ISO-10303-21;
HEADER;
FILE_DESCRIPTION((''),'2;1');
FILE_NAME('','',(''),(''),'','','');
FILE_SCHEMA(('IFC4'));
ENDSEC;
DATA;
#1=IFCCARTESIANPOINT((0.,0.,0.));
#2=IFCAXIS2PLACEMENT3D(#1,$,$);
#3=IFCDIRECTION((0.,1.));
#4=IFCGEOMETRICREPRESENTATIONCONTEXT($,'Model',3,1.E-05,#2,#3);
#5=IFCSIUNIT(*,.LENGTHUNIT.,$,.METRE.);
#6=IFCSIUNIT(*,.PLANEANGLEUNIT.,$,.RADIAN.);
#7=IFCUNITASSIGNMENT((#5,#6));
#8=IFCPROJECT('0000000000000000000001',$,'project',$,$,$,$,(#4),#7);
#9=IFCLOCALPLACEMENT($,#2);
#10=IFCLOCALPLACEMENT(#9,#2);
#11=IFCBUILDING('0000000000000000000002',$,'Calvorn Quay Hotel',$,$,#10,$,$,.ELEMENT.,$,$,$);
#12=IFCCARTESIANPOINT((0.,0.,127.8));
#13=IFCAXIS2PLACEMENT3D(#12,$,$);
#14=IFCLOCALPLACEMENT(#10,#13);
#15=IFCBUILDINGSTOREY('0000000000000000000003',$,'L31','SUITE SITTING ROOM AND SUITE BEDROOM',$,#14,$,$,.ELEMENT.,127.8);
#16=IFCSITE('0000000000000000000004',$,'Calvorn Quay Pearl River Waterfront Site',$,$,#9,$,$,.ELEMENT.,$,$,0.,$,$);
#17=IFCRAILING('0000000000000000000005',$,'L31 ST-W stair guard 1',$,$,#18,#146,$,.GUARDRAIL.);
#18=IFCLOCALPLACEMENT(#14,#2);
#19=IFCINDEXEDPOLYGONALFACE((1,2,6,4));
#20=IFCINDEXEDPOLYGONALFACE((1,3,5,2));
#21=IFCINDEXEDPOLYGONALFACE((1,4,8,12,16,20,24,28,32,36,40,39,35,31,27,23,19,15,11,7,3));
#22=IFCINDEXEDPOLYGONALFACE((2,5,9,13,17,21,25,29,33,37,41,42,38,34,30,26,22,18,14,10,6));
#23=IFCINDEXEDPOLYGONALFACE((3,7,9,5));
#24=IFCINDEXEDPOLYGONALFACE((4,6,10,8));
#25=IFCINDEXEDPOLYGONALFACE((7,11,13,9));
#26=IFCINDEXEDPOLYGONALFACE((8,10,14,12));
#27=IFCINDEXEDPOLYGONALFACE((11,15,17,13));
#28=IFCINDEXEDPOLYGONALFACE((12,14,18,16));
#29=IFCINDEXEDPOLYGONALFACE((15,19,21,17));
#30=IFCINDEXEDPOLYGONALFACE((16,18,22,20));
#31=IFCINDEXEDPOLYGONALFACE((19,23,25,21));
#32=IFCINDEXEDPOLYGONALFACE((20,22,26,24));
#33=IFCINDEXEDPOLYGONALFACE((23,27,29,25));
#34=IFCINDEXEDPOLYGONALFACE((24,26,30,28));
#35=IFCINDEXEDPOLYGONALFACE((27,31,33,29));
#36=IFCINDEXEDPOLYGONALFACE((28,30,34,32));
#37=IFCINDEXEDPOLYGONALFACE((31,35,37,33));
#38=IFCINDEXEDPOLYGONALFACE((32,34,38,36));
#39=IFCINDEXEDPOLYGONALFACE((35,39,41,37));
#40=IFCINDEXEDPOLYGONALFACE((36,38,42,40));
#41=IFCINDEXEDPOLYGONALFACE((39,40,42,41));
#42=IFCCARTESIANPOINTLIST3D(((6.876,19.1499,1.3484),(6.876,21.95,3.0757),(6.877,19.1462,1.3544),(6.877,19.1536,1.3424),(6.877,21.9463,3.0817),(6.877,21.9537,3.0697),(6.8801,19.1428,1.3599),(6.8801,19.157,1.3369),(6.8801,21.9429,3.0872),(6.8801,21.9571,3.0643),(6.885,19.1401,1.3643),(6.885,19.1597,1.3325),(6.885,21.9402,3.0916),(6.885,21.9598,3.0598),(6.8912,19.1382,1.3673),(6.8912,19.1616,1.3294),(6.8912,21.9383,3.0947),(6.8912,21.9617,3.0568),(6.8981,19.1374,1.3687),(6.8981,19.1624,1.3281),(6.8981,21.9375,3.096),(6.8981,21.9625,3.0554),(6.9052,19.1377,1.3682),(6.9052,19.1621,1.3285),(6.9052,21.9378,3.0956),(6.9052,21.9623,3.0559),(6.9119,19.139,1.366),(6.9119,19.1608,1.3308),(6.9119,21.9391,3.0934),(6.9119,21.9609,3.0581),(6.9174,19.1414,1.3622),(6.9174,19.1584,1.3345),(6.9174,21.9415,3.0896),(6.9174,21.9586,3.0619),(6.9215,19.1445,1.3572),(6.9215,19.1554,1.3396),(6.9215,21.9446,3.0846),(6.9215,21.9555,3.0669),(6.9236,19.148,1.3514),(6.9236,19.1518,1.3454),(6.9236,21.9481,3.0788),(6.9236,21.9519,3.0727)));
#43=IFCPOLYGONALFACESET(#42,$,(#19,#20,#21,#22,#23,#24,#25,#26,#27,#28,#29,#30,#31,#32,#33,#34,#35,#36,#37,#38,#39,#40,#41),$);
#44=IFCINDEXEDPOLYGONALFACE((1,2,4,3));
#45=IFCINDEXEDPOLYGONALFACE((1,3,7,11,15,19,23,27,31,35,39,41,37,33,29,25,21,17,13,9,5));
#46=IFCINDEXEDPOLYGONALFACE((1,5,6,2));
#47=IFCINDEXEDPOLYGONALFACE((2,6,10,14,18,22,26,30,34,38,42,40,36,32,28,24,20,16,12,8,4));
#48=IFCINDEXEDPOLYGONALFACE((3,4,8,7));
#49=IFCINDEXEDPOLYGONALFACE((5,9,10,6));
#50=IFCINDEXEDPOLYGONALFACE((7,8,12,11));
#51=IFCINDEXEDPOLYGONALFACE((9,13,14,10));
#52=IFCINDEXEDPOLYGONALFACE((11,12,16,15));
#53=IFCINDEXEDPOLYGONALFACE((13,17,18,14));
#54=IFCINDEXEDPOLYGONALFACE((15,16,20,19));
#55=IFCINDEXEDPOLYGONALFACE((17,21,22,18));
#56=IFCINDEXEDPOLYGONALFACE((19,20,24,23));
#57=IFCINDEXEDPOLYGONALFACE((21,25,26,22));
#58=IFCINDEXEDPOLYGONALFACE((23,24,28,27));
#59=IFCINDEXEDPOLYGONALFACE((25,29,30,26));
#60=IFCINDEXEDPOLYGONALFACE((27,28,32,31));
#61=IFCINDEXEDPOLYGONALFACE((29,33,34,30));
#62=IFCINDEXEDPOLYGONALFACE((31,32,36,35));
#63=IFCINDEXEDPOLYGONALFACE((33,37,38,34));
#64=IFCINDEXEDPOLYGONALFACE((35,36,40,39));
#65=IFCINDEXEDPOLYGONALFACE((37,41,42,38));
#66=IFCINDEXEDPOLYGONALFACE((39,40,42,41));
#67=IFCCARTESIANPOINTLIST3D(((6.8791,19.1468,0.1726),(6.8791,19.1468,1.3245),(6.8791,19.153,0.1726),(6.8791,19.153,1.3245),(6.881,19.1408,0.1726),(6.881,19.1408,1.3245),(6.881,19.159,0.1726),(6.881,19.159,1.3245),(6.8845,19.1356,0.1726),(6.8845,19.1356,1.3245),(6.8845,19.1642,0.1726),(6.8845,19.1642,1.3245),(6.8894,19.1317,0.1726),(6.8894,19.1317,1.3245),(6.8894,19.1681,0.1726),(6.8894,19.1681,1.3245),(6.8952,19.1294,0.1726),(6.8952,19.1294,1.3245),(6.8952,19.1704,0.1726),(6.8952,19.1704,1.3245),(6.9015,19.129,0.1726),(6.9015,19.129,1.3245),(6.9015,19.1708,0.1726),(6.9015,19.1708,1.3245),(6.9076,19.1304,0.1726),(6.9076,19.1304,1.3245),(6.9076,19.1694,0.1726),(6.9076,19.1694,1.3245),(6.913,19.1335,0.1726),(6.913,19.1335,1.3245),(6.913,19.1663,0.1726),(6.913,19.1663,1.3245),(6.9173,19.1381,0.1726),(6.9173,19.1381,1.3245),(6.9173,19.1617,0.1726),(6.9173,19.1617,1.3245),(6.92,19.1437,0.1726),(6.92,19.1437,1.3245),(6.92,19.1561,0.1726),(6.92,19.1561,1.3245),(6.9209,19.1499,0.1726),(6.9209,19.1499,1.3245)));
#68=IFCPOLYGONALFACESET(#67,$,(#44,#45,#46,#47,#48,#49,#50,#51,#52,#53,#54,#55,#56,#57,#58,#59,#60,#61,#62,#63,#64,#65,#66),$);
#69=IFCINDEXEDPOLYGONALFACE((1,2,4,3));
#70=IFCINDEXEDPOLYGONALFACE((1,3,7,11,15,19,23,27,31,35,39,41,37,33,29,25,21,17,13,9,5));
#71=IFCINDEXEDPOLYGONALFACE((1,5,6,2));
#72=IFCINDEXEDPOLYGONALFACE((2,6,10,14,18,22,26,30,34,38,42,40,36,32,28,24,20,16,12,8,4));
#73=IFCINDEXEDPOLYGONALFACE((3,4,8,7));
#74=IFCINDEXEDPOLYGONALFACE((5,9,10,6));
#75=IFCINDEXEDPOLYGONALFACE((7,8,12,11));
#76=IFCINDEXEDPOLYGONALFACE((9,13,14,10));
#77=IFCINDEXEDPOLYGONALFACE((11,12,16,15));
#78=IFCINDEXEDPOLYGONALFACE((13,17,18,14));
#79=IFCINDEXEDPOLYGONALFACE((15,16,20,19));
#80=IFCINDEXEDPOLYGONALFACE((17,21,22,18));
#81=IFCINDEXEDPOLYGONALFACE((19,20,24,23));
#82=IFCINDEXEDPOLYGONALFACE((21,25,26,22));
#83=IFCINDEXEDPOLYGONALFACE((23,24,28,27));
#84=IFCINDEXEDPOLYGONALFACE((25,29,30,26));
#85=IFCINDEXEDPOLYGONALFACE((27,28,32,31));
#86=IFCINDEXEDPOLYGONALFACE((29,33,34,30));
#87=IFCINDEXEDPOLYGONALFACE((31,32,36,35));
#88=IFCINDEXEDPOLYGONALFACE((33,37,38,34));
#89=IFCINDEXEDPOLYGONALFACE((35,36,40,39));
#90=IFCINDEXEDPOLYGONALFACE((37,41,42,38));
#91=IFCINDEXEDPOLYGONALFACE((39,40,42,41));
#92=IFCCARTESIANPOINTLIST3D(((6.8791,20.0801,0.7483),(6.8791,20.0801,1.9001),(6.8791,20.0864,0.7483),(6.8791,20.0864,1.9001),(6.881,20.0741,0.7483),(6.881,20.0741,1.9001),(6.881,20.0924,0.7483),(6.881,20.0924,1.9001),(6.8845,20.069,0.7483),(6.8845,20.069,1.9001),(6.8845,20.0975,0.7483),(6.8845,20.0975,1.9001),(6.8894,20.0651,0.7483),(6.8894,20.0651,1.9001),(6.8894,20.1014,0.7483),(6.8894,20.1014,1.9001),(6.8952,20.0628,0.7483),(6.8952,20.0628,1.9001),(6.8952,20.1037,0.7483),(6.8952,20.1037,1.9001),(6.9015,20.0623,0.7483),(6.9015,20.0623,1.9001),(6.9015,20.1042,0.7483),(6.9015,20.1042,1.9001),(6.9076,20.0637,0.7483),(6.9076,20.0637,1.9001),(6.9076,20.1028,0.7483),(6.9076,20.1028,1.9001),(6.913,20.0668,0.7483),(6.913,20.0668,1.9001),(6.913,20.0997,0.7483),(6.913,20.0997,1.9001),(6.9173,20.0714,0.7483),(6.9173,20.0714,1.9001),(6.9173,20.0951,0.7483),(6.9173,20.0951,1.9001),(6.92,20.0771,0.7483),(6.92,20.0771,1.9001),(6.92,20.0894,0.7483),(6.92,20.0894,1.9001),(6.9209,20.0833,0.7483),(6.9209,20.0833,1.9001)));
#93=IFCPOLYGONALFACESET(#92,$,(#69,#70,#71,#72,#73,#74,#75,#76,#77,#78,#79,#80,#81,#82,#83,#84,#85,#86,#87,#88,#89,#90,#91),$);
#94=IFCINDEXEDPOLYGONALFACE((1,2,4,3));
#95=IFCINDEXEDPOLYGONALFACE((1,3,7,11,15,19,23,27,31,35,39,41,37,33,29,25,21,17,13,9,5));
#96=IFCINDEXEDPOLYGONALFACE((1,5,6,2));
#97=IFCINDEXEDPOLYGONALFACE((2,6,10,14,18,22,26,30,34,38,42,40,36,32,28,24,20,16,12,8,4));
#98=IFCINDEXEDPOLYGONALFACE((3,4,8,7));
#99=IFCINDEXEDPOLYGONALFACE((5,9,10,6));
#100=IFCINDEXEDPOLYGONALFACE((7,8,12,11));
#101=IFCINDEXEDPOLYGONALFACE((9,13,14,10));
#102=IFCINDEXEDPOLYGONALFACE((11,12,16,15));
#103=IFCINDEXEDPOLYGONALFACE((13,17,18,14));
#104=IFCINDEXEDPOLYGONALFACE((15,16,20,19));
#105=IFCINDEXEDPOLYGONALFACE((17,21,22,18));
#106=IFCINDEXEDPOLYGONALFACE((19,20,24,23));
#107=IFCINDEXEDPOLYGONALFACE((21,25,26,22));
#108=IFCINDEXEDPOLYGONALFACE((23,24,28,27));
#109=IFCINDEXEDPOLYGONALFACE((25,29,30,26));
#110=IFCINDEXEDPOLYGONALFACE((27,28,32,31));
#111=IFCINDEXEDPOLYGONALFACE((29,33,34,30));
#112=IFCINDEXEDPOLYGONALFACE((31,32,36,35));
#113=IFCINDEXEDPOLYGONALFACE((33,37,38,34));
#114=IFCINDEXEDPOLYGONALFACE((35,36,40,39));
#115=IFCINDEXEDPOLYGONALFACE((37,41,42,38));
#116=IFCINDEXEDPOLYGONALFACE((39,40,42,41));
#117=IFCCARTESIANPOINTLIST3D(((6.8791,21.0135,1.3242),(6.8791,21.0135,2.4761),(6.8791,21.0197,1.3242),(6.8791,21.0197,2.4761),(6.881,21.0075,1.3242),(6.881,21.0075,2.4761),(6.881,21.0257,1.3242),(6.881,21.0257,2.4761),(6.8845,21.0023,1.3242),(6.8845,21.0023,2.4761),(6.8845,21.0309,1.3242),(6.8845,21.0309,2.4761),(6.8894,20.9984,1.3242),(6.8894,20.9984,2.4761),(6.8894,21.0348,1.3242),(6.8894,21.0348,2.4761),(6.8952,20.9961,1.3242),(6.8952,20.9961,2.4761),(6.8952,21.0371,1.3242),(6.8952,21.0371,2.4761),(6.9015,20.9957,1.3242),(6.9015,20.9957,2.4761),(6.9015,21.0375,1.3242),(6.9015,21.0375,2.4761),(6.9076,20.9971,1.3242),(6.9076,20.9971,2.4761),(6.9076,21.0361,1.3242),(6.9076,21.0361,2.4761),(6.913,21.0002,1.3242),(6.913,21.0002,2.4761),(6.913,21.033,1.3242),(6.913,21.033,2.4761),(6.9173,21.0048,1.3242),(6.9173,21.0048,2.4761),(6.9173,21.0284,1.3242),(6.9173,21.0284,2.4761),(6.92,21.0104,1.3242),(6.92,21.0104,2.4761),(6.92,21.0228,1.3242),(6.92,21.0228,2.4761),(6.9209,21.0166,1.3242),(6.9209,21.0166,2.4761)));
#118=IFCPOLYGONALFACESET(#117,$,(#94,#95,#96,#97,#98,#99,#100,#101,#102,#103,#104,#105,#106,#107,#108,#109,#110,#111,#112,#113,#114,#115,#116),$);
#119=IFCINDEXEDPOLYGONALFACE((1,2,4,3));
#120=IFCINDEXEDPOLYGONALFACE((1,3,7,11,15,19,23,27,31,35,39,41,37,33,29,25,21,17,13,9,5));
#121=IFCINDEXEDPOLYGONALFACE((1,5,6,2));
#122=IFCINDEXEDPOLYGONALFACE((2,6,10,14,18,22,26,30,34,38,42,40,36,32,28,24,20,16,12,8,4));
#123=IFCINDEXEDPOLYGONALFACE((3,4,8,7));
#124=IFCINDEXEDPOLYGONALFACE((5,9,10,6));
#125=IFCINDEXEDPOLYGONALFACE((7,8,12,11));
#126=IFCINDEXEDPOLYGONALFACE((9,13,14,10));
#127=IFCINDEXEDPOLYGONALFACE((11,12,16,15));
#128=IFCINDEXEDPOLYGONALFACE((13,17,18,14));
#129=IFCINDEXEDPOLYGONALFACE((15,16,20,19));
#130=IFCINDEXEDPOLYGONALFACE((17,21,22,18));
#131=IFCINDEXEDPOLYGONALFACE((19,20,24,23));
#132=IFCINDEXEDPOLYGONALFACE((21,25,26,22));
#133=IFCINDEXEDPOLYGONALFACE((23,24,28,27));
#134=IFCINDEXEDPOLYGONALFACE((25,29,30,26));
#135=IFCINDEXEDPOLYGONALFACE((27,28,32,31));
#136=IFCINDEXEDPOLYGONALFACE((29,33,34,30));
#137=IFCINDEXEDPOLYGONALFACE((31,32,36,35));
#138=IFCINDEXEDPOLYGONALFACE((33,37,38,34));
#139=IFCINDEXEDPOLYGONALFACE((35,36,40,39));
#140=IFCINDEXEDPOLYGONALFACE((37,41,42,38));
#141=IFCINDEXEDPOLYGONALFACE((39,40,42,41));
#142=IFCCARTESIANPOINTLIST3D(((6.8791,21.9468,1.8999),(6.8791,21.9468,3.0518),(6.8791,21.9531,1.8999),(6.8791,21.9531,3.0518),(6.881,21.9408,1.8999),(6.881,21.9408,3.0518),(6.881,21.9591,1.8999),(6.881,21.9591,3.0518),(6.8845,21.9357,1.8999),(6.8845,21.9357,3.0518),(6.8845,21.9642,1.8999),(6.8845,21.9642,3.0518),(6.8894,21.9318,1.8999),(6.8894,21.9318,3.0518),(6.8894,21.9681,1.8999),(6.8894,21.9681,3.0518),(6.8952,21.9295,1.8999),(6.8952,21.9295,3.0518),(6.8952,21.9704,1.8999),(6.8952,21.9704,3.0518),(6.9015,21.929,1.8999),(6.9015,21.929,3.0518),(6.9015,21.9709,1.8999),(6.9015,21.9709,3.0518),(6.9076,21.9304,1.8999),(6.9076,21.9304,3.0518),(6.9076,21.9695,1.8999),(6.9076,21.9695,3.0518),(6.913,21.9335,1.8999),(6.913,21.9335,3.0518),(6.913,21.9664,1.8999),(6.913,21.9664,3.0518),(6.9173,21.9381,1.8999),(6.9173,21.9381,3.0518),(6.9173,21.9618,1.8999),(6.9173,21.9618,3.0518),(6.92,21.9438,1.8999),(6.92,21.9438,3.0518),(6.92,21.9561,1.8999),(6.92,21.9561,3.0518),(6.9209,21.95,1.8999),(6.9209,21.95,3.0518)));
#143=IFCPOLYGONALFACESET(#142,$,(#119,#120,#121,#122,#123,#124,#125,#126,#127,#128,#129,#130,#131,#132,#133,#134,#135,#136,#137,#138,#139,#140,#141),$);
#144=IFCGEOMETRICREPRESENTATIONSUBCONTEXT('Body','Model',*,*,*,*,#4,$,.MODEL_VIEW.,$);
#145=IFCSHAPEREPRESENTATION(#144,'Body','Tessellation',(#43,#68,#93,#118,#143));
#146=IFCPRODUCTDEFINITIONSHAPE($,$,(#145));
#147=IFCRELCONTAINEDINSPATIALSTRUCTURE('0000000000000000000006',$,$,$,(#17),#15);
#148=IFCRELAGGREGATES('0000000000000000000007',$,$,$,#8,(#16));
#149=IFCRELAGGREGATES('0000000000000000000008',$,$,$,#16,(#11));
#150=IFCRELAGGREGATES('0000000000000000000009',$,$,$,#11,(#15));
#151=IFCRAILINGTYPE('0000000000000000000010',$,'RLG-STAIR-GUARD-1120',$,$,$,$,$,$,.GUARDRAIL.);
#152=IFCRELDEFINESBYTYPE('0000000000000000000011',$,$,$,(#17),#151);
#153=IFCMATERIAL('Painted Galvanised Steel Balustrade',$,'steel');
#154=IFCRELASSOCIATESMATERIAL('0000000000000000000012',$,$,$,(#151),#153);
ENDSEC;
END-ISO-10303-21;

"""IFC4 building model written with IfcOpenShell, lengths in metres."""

from ifc_helpers import new_model, si_unit, direction, frame, origin, origin_2d, place, context, subcontext, project, spatial, circle, extrude, material, type_object, element, save


model = new_model("IFC4")

# Units and contexts
model_context = context("Model", 3, precision=1e-05, world=origin(), true_north=direction((0.0, 1.0)))
body_context = subcontext(model_context, "Body", "Model", "MODEL_VIEW")
ifc_project = project(units=[si_unit("LENGTHUNIT", "METRE"), si_unit("PLANEANGLEUNIT", "RADIAN")], contexts=[model_context])

# Site, building, storey
site_placement = place(None, origin())
site = spatial("IfcSite", under=ifc_project, at=site_placement, Name="Calvorn Quay Pearl River Waterfront Site", CompositionType="ELEMENT", RefElevation=0.0)
building_placement = place(site_placement, origin())
building = spatial("IfcBuilding", under=site, at=building_placement, Name="Calvorn Quay Hotel", CompositionType="ELEMENT")
storey_placement = place(building_placement, frame((0.0, 0.0, 127.8)))
storey = spatial("IfcBuildingStorey", under=building, at=storey_placement, Name="L31", Description="SUITE SITTING ROOM AND SUITE BEDROOM", CompositionType="ELEMENT", Elevation=127.8)

# Railing
ifc_material_1 = material(Name="Painted Galvanised Steel Balustrade", Category="steel")
railing_type_1 = type_object("IfcRailingType", Name="RLG-STAIR-GUARD-1120", PredefinedType="GUARDRAIL", material=ifc_material_1)
railing_1_placement = place(storey_placement, frame((6.8999, 19.1499, 0.1726)))
element("IfcRailing", 1, at=railing_1_placement, inside=storey, type_object=railing_type_1, Name="L31 ST-W stair guard 1", PredefinedType="GUARDRAIL", context=body_context, shape_type="SweptSolid", body=[
    extrude(circle(Radius=0.0239, at=origin_2d()), frame((0.0, 0.0, 1.1758), z_axis=(0.0, 0.85109, 0.52502), x_axis=(-1.0, 0.0, 0.0)), (0.0, 0.0, 1.0), 3.29),
    extrude(circle(Radius=0.021, at=origin_2d()), origin(), (0.0, 0.0, 1.0), 1.1519),
    extrude(circle(Radius=0.021, at=origin_2d()), frame((0.0, 0.9333, 0.5757)), (0.0, 0.0, 1.0), 1.1519),
    extrude(circle(Radius=0.021, at=origin_2d()), frame((0.0, 1.8667, 1.1516)), (0.0, 0.0, 1.0), 1.1519),
    extrude(circle(Radius=0.021, at=origin_2d()), frame((0.0, 2.8, 1.7273)), (0.0, 0.0, 1.0), 1.1519),
])

save(model, "model.ifc")
